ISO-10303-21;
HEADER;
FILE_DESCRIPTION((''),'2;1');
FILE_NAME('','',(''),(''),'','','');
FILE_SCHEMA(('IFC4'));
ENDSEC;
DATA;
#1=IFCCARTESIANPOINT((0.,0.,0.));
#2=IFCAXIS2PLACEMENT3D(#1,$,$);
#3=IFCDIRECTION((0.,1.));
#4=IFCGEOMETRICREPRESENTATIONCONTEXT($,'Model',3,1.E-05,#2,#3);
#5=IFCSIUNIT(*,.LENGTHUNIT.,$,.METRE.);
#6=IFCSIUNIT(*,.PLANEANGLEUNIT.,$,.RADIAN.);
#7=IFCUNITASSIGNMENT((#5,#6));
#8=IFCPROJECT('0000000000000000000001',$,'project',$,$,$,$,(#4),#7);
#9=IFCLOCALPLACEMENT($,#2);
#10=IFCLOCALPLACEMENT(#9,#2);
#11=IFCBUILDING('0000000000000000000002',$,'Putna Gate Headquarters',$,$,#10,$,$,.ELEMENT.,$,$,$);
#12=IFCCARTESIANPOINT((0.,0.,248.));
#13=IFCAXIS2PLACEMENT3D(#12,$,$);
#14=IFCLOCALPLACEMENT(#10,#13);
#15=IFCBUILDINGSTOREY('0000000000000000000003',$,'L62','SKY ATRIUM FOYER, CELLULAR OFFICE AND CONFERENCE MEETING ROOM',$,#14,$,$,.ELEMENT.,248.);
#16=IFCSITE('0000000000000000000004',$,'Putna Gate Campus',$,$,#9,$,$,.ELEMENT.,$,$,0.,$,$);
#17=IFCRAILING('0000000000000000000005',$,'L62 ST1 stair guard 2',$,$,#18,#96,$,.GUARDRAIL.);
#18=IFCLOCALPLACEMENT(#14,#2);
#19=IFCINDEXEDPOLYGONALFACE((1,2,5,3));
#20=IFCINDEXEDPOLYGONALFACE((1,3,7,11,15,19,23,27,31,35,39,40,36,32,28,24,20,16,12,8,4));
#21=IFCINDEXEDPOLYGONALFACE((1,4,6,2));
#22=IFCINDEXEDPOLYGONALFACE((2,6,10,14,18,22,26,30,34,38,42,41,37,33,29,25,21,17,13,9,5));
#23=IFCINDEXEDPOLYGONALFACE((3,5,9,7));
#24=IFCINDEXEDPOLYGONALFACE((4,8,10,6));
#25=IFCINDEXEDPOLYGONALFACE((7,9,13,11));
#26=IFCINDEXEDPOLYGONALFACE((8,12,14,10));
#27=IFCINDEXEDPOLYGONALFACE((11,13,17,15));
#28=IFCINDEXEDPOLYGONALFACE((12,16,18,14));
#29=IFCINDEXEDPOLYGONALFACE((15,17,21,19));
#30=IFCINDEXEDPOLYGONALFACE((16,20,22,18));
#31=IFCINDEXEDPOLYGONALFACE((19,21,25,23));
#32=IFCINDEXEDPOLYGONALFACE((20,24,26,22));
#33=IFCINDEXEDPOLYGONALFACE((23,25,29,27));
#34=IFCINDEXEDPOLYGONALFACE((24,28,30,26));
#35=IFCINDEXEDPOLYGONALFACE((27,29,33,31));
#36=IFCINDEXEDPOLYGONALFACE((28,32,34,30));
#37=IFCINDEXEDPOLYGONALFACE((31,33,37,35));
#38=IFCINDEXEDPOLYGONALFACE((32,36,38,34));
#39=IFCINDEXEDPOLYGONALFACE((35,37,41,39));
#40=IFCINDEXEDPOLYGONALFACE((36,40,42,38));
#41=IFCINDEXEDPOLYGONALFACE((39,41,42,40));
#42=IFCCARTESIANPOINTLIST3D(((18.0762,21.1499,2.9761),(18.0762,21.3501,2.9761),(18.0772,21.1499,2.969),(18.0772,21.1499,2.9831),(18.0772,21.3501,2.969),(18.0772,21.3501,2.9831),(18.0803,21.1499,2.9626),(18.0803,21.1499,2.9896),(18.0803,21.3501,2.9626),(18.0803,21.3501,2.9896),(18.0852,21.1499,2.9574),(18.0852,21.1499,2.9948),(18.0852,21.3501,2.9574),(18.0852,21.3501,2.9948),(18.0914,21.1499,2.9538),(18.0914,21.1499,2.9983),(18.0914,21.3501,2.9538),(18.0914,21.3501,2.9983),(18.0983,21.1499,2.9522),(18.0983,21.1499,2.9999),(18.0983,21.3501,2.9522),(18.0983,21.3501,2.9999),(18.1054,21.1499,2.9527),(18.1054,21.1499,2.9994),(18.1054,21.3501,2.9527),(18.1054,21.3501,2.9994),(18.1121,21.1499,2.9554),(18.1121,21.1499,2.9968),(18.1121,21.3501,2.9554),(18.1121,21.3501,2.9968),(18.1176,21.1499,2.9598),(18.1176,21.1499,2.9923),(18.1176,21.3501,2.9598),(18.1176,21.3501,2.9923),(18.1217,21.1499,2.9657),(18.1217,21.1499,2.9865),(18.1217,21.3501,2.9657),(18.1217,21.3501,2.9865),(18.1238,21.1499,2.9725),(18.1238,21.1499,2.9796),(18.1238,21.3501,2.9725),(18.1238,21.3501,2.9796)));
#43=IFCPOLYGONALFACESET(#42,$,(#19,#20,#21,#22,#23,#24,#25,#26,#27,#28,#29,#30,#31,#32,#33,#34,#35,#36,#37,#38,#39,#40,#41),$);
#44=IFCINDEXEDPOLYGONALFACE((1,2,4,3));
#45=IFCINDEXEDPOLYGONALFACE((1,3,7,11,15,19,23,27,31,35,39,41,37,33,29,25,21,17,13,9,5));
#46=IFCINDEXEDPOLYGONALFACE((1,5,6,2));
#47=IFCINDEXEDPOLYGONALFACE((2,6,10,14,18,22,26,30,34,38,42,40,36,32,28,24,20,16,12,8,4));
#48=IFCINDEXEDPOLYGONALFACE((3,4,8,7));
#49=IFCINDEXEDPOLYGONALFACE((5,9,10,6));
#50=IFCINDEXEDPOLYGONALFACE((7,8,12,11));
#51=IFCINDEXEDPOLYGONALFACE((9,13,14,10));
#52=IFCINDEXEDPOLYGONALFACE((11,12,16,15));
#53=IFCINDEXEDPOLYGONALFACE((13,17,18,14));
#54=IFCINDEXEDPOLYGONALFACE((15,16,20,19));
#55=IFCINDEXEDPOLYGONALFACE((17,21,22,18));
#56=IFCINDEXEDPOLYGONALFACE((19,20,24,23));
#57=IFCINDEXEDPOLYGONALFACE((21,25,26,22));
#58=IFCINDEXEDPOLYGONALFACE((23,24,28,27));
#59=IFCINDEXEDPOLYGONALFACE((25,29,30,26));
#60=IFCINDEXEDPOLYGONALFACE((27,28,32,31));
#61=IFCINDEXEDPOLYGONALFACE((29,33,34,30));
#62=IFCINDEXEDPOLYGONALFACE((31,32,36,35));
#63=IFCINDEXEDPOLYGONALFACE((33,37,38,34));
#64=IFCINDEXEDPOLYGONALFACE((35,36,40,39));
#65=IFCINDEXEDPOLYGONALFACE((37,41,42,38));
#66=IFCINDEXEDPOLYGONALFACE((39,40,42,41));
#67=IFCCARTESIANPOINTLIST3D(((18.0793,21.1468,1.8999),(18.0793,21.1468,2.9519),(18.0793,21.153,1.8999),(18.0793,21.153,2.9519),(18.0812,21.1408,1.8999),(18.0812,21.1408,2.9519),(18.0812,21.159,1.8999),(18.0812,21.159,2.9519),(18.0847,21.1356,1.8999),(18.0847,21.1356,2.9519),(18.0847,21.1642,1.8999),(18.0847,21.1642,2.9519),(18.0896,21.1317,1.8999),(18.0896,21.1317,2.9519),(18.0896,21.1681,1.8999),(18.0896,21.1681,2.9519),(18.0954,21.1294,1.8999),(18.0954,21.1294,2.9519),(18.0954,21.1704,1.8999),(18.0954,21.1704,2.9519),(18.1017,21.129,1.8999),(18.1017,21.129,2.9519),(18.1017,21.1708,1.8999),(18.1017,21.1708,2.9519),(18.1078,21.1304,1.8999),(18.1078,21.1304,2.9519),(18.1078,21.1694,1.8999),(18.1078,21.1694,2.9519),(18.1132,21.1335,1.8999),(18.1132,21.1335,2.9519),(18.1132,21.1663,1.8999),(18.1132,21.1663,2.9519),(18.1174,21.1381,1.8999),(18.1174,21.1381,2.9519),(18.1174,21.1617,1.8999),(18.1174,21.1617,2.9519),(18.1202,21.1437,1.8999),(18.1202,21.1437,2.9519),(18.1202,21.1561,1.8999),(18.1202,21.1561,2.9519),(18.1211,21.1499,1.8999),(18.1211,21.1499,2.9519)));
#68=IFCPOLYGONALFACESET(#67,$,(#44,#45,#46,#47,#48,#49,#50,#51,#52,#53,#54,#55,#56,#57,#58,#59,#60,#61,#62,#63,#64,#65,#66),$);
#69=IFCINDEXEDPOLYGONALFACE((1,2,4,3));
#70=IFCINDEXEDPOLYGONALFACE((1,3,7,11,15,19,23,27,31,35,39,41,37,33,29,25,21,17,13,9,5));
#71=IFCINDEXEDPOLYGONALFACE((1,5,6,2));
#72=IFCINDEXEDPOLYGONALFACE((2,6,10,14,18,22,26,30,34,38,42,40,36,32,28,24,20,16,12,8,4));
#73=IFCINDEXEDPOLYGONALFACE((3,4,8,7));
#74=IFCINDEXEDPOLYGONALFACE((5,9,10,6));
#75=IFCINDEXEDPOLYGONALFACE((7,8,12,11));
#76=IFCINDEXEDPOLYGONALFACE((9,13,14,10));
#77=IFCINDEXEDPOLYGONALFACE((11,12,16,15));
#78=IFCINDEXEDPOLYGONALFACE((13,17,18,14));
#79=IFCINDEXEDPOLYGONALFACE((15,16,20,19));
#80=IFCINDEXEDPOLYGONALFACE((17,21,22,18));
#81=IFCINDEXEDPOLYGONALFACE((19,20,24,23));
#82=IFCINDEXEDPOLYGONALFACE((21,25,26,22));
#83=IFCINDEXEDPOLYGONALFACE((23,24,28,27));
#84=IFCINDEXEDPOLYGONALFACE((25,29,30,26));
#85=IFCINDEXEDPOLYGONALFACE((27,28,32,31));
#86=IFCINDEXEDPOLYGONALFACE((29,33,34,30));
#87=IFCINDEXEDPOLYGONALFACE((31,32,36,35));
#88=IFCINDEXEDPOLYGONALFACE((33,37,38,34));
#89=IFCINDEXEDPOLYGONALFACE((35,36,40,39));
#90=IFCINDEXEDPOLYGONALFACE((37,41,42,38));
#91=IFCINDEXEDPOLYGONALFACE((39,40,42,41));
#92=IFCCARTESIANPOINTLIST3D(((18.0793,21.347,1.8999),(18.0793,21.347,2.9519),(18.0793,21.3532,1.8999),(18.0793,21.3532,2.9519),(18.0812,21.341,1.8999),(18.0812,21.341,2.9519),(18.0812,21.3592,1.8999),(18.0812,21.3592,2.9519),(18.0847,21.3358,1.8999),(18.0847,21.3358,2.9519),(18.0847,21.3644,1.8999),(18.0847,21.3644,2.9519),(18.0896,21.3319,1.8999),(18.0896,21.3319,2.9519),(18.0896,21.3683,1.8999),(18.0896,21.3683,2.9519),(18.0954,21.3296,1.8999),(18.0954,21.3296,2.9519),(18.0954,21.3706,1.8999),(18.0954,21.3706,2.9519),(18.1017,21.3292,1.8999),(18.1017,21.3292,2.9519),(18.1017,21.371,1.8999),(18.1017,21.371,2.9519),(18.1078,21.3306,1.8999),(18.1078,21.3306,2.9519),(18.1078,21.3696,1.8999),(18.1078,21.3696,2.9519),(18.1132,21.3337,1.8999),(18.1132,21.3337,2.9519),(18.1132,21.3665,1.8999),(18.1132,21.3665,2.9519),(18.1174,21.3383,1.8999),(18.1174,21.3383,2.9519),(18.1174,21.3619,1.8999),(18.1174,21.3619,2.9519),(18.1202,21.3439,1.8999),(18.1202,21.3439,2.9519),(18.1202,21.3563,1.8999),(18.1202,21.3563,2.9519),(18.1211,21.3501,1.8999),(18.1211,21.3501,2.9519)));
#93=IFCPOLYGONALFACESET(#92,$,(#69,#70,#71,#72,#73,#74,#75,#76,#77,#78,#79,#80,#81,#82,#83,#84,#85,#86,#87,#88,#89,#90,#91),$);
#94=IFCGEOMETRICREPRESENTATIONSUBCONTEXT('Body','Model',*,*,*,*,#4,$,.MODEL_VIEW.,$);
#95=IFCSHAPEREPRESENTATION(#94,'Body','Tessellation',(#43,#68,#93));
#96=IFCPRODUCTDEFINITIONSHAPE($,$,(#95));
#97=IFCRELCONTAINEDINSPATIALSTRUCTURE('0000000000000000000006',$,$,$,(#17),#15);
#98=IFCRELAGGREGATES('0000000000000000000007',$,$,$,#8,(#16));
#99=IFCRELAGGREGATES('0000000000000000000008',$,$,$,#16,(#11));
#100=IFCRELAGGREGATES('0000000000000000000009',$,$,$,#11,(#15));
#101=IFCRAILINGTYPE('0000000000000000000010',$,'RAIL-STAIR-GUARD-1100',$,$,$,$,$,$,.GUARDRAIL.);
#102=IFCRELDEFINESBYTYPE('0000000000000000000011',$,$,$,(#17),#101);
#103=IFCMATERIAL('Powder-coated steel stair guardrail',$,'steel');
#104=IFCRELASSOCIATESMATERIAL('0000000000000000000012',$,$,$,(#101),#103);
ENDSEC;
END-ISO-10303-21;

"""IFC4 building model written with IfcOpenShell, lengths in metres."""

from ifc_helpers import new_model, si_unit, direction, frame, origin, origin_2d, place, context, subcontext, project, spatial, circle, extrude, material, type_object, element, save


model = new_model("IFC4")

# Units and contexts
model_context = context("Model", 3, precision=1e-05, world=origin(), true_north=direction((0.0, 1.0)))
body_context = subcontext(model_context, "Body", "Model", "MODEL_VIEW")
ifc_project = project(units=[si_unit("LENGTHUNIT", "METRE"), si_unit("PLANEANGLEUNIT", "RADIAN")], contexts=[model_context])

# Site, building, storey
site_placement = place(None, origin())
site = spatial("IfcSite", under=ifc_project, at=site_placement, Name="Putna Gate Campus", CompositionType="ELEMENT", RefElevation=0.0)
building_placement = place(site_placement, origin())
building = spatial("IfcBuilding", under=site, at=building_placement, Name="Putna Gate Headquarters", CompositionType="ELEMENT")
storey_placement = place(building_placement, frame((0.0, 0.0, 248.0)))
storey = spatial("IfcBuildingStorey", under=building, at=storey_placement, Name="L62", Description="SKY ATRIUM FOYER, CELLULAR OFFICE AND CONFERENCE MEETING ROOM", CompositionType="ELEMENT", Elevation=248.0)

# Railing
ifc_material_1 = material(Name="Powder-coated steel stair guardrail", Category="steel")
railing_type_1 = type_object("IfcRailingType", Name="RAIL-STAIR-GUARD-1100", PredefinedType="GUARDRAIL", material=ifc_material_1)
railing_1_placement = place(storey_placement, frame((18.1001, 21.1499, 1.8999)))
element("IfcRailing", 1, at=railing_1_placement, inside=storey, type_object=railing_type_1, Name="L62 ST1 stair guard 2", PredefinedType="GUARDRAIL", context=body_context, shape_type="SweptSolid", body=[
    extrude(circle(Radius=0.0239, at=origin_2d()), frame((0.0, 0.0, 1.0762), z_axis=(0.0, 1.0, 0.0), x_axis=(-1.0, 0.0, 0.0)), (0.0, 0.0, 1.0), 0.2002),
    extrude(circle(Radius=0.021, at=origin_2d()), origin(), (0.0, 0.0, 1.0), 1.052),
    extrude(circle(Radius=0.021, at=origin_2d()), frame((0.0, 0.2002, 0.0)), (0.0, 0.0, 1.0), 1.052),
])

save(model, "model.ifc")
